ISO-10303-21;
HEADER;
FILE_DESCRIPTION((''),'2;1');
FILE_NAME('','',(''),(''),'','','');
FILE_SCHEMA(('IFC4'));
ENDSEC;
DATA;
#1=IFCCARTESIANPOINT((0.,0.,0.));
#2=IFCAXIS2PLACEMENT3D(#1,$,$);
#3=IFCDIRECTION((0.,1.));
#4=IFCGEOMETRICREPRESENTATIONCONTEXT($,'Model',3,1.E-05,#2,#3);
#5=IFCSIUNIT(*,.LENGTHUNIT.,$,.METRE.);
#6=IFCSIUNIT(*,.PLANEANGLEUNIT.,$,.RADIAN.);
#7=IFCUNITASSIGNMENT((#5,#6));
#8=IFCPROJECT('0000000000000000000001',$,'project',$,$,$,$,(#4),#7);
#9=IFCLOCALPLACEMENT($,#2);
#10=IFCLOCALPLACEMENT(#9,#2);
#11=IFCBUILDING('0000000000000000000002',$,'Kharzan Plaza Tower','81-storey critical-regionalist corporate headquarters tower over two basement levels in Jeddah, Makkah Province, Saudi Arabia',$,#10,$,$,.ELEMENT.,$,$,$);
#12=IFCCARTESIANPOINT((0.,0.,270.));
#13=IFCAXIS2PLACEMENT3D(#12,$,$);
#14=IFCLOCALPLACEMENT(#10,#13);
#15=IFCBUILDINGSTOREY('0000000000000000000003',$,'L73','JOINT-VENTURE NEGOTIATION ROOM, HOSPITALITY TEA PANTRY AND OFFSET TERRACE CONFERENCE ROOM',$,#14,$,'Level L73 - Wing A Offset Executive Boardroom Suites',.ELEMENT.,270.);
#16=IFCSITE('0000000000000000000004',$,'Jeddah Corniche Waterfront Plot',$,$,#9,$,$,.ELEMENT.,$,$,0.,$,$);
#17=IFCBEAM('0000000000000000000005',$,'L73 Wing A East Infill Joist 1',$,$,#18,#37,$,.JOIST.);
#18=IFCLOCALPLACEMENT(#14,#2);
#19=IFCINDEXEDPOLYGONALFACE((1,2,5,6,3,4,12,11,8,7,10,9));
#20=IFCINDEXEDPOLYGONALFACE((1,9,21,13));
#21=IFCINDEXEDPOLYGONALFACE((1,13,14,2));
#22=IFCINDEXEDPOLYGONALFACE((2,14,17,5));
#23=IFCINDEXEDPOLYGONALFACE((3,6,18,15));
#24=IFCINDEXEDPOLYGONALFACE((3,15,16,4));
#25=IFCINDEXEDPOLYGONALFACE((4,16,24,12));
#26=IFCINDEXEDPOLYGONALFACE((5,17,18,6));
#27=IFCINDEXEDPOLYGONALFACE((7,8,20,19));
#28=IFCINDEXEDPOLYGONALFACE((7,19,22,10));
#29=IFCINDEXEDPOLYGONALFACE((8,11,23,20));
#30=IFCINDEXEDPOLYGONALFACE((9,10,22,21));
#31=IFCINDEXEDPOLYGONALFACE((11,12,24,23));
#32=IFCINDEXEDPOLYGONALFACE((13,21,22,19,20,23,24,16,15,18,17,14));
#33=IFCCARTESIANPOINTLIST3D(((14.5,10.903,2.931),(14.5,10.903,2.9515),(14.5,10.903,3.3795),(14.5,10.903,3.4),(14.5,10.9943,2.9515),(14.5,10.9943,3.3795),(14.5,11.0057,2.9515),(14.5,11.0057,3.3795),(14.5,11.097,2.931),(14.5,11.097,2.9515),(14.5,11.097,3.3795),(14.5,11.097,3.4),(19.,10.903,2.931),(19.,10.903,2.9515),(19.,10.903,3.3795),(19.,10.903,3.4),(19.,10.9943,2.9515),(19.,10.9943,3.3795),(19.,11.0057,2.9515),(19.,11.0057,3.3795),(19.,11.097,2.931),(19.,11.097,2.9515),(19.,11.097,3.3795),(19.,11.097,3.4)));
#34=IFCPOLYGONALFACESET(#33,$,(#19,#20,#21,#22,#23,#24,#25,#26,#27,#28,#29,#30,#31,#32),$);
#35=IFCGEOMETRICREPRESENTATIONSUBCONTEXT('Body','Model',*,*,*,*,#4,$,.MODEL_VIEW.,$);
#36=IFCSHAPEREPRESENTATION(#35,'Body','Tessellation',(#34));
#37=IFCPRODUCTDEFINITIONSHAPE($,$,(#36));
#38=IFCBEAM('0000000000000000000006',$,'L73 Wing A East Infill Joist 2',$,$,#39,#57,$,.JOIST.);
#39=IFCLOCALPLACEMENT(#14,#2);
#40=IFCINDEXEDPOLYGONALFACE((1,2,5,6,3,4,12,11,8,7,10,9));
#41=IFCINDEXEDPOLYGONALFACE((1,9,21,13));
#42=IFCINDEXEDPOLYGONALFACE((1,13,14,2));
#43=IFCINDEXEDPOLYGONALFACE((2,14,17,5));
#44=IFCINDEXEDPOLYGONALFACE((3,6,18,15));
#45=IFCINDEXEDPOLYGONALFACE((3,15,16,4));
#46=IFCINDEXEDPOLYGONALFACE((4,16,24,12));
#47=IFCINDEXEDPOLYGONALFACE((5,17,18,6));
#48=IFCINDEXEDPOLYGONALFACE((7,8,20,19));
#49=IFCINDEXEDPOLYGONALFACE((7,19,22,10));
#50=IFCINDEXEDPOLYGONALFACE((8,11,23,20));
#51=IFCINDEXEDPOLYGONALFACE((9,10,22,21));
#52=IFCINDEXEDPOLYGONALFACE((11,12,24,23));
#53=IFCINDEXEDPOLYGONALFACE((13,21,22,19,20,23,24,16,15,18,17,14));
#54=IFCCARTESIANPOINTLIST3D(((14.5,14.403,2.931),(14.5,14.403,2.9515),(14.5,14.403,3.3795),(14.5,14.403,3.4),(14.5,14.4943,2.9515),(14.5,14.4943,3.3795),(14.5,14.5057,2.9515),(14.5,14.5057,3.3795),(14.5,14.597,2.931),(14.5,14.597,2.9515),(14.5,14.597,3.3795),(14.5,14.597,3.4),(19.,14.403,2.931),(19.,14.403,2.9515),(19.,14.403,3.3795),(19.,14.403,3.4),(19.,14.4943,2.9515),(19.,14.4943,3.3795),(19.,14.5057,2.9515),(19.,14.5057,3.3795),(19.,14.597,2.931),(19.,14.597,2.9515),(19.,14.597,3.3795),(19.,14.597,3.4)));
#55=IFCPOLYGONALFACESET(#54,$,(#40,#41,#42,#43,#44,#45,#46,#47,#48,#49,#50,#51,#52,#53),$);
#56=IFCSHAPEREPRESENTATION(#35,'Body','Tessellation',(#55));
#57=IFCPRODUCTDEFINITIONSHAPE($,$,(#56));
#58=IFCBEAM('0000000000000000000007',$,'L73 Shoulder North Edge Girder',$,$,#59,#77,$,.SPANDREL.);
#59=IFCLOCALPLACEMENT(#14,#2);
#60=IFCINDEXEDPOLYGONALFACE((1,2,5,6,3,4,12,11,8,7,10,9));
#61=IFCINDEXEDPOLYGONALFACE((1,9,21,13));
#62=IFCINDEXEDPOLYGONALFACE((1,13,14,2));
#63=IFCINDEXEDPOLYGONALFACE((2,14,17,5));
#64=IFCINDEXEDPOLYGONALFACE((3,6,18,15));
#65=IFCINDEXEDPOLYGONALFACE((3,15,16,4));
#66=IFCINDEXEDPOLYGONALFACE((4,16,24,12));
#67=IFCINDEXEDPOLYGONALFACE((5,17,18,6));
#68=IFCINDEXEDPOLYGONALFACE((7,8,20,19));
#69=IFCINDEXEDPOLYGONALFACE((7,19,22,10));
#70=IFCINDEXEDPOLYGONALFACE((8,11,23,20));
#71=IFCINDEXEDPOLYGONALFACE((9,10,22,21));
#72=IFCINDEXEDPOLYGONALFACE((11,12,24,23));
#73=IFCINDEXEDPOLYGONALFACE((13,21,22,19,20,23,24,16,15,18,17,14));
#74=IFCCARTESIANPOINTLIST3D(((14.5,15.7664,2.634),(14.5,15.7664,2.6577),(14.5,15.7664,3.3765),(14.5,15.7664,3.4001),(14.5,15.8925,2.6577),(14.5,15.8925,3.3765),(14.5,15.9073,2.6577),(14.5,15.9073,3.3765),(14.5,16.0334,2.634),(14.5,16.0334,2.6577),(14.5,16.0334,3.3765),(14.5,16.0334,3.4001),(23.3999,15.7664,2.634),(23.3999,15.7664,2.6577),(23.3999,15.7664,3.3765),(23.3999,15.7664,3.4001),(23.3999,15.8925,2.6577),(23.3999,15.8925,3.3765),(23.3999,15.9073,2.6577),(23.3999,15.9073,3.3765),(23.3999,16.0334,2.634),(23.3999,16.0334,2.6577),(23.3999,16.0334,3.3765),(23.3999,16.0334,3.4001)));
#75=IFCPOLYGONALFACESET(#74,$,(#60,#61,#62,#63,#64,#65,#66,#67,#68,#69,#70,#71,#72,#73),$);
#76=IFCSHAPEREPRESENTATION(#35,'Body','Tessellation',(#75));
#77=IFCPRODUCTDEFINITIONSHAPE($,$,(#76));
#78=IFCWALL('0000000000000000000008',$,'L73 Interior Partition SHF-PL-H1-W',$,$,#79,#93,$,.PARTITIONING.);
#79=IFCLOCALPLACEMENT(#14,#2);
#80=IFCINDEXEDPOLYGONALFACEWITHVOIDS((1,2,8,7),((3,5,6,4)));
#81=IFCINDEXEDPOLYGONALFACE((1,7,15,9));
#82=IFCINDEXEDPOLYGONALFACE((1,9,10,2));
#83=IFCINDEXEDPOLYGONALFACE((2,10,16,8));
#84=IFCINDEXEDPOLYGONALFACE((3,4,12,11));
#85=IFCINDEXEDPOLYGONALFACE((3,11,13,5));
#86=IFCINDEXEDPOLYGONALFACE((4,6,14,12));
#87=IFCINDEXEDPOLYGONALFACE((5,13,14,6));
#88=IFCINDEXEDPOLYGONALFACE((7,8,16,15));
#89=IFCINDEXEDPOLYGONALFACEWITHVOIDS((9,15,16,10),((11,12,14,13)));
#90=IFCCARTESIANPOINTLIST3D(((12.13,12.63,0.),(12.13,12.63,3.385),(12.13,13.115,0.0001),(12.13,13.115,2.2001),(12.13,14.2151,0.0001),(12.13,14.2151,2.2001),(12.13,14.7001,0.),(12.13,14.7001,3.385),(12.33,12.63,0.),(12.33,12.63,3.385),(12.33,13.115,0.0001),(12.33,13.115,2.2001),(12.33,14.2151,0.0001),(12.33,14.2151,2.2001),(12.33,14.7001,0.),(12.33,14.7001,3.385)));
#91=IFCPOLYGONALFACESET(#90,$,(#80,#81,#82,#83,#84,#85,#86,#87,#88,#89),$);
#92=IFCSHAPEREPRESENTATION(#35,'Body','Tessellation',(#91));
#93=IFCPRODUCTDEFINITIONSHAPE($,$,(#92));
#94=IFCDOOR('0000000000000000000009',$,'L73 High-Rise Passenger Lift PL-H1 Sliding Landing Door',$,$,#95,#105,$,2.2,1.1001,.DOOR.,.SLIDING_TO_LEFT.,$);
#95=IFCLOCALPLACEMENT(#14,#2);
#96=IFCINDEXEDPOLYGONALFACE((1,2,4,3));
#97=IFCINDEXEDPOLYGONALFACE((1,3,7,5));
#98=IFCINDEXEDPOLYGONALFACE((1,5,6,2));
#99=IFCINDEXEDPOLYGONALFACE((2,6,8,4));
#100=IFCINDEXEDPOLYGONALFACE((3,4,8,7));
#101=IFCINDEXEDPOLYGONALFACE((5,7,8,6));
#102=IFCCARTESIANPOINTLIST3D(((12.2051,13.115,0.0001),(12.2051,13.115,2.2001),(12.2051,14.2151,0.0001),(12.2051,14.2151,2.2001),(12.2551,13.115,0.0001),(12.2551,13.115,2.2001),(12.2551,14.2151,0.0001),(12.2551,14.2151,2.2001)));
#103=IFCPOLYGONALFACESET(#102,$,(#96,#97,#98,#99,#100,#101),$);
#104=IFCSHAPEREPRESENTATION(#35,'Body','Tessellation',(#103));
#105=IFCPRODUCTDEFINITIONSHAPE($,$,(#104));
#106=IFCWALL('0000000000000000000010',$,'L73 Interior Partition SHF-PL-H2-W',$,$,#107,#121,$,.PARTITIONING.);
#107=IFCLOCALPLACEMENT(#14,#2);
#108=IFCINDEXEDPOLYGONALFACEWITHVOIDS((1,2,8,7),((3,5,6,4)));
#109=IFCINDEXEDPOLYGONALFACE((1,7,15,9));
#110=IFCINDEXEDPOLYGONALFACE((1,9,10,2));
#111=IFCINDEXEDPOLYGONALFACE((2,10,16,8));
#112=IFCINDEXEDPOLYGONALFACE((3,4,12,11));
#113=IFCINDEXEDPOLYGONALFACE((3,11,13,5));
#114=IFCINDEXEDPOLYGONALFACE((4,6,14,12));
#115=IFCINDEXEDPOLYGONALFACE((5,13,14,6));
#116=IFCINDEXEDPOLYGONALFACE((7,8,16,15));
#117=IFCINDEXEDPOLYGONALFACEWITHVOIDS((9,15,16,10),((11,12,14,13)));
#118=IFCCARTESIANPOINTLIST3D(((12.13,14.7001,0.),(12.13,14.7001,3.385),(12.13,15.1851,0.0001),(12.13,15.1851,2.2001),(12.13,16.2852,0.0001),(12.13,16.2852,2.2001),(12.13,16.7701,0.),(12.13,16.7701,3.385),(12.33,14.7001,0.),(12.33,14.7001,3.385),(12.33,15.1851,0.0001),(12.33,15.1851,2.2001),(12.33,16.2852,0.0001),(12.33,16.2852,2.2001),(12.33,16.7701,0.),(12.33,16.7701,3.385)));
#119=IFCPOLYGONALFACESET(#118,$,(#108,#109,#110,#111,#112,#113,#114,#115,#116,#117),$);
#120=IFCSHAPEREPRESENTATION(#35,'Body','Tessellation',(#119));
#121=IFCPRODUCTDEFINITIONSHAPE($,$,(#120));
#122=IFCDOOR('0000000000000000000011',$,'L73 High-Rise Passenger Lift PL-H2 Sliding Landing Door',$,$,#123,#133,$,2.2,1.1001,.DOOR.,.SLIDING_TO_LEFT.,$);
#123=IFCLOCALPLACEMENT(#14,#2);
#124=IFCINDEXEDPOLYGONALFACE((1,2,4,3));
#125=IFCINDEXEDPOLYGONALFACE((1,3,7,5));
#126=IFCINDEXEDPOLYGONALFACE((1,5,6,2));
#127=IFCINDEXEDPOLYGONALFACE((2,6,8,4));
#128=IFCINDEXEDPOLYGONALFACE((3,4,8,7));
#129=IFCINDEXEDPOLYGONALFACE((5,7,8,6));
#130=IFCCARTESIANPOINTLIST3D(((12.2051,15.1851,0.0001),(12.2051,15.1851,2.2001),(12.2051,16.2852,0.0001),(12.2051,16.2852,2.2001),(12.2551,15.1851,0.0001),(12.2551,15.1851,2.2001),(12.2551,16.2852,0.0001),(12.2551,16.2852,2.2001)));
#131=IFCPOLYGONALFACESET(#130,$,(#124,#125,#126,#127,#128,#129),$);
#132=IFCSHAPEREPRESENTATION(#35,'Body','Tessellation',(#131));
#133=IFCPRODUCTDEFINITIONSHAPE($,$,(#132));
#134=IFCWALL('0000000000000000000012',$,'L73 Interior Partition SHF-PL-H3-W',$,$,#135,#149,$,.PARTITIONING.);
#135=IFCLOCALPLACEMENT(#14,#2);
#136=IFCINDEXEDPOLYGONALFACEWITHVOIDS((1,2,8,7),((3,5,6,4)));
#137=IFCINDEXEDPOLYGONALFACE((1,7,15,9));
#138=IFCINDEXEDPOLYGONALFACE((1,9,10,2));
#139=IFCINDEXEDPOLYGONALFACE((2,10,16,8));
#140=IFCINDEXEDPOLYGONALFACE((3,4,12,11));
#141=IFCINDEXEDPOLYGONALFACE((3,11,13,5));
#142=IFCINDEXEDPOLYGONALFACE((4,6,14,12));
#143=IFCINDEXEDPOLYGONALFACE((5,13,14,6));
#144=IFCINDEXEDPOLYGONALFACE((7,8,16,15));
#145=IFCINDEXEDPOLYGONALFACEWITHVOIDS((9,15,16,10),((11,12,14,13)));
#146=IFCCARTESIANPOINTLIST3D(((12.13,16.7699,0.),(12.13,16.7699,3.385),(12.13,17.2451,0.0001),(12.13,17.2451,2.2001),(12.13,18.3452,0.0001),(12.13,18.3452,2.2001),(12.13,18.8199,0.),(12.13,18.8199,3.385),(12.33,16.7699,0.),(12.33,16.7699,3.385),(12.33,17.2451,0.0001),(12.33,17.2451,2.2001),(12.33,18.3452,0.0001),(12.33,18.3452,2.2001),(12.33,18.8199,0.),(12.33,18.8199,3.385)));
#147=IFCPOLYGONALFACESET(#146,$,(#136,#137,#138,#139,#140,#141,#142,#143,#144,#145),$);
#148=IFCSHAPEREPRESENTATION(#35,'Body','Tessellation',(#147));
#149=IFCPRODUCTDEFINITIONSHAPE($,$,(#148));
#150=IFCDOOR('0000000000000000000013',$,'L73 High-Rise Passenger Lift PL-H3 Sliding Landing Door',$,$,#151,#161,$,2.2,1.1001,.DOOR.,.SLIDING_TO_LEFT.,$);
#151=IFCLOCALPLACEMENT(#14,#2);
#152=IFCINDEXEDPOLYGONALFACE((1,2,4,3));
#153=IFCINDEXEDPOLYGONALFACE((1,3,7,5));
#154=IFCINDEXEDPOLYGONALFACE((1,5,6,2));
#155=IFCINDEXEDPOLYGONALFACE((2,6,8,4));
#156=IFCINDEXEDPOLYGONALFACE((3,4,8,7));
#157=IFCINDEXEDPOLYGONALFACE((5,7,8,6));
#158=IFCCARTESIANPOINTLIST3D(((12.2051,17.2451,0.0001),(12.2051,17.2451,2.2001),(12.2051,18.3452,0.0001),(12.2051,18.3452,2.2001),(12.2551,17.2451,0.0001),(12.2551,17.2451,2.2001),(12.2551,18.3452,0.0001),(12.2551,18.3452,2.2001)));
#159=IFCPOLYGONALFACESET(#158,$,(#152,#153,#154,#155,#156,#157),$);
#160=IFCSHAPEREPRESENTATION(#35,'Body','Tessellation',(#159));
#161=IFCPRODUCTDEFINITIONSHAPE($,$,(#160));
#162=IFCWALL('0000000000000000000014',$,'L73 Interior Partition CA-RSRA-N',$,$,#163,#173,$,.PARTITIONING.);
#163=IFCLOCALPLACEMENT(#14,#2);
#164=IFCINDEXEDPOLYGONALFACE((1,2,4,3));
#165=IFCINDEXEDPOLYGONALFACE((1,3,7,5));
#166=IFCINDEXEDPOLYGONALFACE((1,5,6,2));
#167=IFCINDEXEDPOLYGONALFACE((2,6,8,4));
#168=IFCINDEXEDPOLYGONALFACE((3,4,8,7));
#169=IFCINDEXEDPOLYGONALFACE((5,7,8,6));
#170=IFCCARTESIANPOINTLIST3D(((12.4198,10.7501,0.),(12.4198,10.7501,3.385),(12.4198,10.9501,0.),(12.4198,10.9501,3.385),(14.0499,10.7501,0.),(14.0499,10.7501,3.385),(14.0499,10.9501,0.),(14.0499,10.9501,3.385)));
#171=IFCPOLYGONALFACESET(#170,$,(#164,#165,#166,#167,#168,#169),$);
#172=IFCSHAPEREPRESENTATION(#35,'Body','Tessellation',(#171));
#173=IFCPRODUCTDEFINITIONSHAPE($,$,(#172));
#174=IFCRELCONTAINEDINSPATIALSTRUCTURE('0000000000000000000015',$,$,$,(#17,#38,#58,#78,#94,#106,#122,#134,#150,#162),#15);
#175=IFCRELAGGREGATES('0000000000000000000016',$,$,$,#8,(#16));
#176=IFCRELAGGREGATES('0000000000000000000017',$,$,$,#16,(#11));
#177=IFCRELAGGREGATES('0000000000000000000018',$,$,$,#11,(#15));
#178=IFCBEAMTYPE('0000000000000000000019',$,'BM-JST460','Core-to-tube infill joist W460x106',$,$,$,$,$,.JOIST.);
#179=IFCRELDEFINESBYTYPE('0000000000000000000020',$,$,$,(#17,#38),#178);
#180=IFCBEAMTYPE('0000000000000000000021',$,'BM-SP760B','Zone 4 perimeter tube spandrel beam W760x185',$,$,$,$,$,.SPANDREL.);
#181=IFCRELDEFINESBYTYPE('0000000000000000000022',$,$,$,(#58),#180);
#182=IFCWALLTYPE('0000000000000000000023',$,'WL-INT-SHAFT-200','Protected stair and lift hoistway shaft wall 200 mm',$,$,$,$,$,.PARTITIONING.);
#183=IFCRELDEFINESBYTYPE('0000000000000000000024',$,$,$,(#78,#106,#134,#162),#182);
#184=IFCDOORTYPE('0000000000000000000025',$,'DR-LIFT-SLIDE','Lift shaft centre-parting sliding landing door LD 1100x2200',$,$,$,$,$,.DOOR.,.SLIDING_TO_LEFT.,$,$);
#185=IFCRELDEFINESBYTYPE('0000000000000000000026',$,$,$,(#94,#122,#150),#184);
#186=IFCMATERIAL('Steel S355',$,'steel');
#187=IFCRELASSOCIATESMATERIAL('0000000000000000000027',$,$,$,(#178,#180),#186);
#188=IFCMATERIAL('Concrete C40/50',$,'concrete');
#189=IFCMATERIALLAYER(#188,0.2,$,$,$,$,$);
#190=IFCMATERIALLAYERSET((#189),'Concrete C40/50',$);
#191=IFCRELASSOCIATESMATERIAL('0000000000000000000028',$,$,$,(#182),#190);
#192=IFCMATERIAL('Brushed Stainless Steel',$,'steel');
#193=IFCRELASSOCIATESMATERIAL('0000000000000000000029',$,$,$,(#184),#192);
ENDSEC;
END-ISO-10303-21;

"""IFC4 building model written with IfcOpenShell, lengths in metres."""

from ifc_helpers import new_model, si_unit, direction, frame, frame_2d, origin, origin_2d, place, context, subcontext, project, spatial, rectangle, i_section, extrude, source, transform, mapped, material, layer, layer_set, material_profile, profile_set, type_object, element, fill, save


model = new_model("IFC4")

# Units and contexts
model_context = context("Model", 3, precision=1e-05, world=origin(), true_north=direction((0.0, 1.0)))
body_context = subcontext(model_context, "Body", "Model", "MODEL_VIEW")
ifc_project = project(units=[si_unit("LENGTHUNIT", "METRE"), si_unit("PLANEANGLEUNIT", "RADIAN")], contexts=[model_context])

# Site, building, storey
site_placement = place(None, origin())
site = spatial("IfcSite", under=ifc_project, at=site_placement, Name="Jeddah Corniche Waterfront Plot", CompositionType="ELEMENT", RefElevation=0.0)
building_placement = place(site_placement, origin())
building = spatial("IfcBuilding", under=site, at=building_placement, Name="Kharzan Plaza Tower", Description="81-storey critical-regionalist corporate headquarters tower over two basement levels in Jeddah, Makkah Province, Saudi Arabia", CompositionType="ELEMENT")
storey_placement = place(building_placement, frame((0.0, 0.0, 270.0)))
storey = spatial("IfcBuildingStorey", under=building, at=storey_placement, Name="L73", Description="JOINT-VENTURE NEGOTIATION ROOM, HOSPITALITY TEA PANTRY AND OFFSET TERRACE CONFERENCE ROOM", LongName="Level L73 - Wing A Offset Executive Boardroom Suites", CompositionType="ELEMENT", Elevation=270.0)

# Beams
ifc_material_1 = material(Name="Steel S355", Category="steel")
ifc_material_profile_1 = material_profile(ifc_material_1, i_section(OverallWidth=0.1941, OverallDepth=0.469, WebThickness=0.0115, FlangeThickness=0.0205, at=origin_2d()), Name="W460x106")
ifc_profile_set_1 = profile_set([ifc_material_profile_1], Name="Steel S355")
beam_type_1 = type_object("IfcBeamType", Name="BM-JST460", Description="Core-to-tube infill joist W460x106", PredefinedType="JOIST", material=ifc_profile_set_1)
shared_shape_1 = source(origin(), body_context, "Body", "SweptSolid", [
    extrude(i_section(OverallWidth=0.1941, OverallDepth=0.469, WebThickness=0.0115, FlangeThickness=0.0205, at=origin_2d()), origin(), (0.0, 0.0, 1.0), 4.5),
])
for number, where, z_axis, x_axis, name in (
    (1, (14.5, 11.0, 3.1655), (1.0, 0.0, 0.0), (0.0, 1.0, 0.0), "L73 Wing A East Infill Joist 1"),
    (2, (14.5, 14.5, 3.1655), (1.0, 0.0, 0.0), (0.0, 1.0, 0.0), "L73 Wing A East Infill Joist 2"),
):
    element("IfcBeam", number, at=place(storey_placement, frame(where, z_axis=z_axis, x_axis=x_axis)), inside=storey, type_object=beam_type_1, Name=name, PredefinedType="JOIST", context=body_context, shape_type="MappedRepresentation", body=[
        mapped(shared_shape_1, transform((0.0, 0.0, 0.0), x_axis=(1.0, 0.0, 0.0), y_axis=(0.0, 1.0, 0.0), z_axis=(0.0, 0.0, 1.0))),
    ])
ifc_material_profile_2 = material_profile(ifc_material_1, i_section(OverallWidth=0.2671, OverallDepth=0.7661, WebThickness=0.0149, FlangeThickness=0.0237, at=origin_2d()), Name="W760x185")
ifc_profile_set_2 = profile_set([ifc_material_profile_2], Name="Steel S355")
beam_type_2 = type_object("IfcBeamType", Name="BM-SP760B", Description="Zone 4 perimeter tube spandrel beam W760x185", PredefinedType="SPANDREL", material=ifc_profile_set_2)
shared_shape_2 = source(origin(), body_context, "Body", "SweptSolid", [
    extrude(i_section(OverallWidth=0.2671, OverallDepth=0.7661, WebThickness=0.0149, FlangeThickness=0.0237, at=origin_2d()), origin(), (0.0, 0.0, 1.0), 8.8999),
])
beam_placement = place(storey_placement, frame((14.5, 15.8999, 3.0171), z_axis=(1.0, 0.0, 0.0), x_axis=(0.0, 1.0, 0.0)))
element("IfcBeam", 3, at=beam_placement, inside=storey, type_object=beam_type_2, Name="L73 Shoulder North Edge Girder", PredefinedType="SPANDREL", context=body_context, shape_type="MappedRepresentation", body=[
    mapped(shared_shape_2, transform((0.0, 0.0, 0.0), x_axis=(1.0, 0.0, 0.0), y_axis=(0.0, 1.0, 0.0), z_axis=(0.0, 0.0, 1.0))),
])

# Walls, openings, doors
ifc_material_2 = material(Name="Concrete C40/50", Category="concrete")
ifc_layer_1 = layer(ifc_material_2, 0.2)
ifc_layer_set_1 = layer_set([ifc_layer_1], Name="Concrete C40/50")
wall_type = type_object("IfcWallType", Name="WL-INT-SHAFT-200", Description="Protected stair and lift hoistway shaft wall 200 mm", PredefinedType="PARTITIONING", material=ifc_layer_set_1)
wall_1_placement = place(storey_placement, frame((12.23, 12.6299, 0.0), z_axis=(0.0, 0.0, 1.0), x_axis=(0.0, 1.0, 0.0)))
wall_1 = element("IfcWall", 4, at=wall_1_placement, inside=storey, type_object=wall_type, Name="L73 Interior Partition SHF-PL-H1-W", PredefinedType="PARTITIONING", context=body_context, shape_type="SweptSolid", body=[
    extrude(rectangle(XDim=2.0701, YDim=0.2, at=frame_2d((1.0352, 0.0))), origin(), (0.0, 0.0, 1.0), 3.385),
])
opening_1_placement = place(wall_1_placement, frame((0.4851, 0.0, 0.0)))
opening_1 = element("IfcOpeningElement", 5, at=opening_1_placement, cuts=wall_1, PredefinedType="OPENING", context=body_context, shape_type="SweptSolid", body=[
    extrude(rectangle(XDim=1.1001, YDim=2.2, at=frame_2d((0.55, 1.1001))), frame((0.0, 0.1099, 0.0), z_axis=(0.0, -1.0, 0.0), x_axis=(1.0, 0.0, 0.0)), (0.0, 0.0, 1.0), 0.22),
])
ifc_material_3 = material(Name="Brushed Stainless Steel", Category="steel")
door_type = type_object("IfcDoorType", Name="DR-LIFT-SLIDE", Description="Lift shaft centre-parting sliding landing door LD 1100x2200", OperationType="SLIDING_TO_LEFT", PredefinedType="DOOR", material=ifc_material_3)
shared_shape_3 = source(origin(), body_context, "Body", "SweptSolid", [
    extrude(rectangle(XDim=1.1001, YDim=2.2, at=frame_2d((0.55, 1.1001))), frame((0.0, 0.0249, 0.0), z_axis=(0.0, -1.0, 0.0), x_axis=(1.0, 0.0, 0.0)), (0.0, 0.0, 1.0), 0.05),
])
door_1_placement = place(opening_1_placement, origin())
door_1 = element("IfcDoor", 6, at=door_1_placement, inside=storey, type_object=door_type, Name="L73 High-Rise Passenger Lift PL-H1 Sliding Landing Door", OperationType="SLIDING_TO_LEFT", OverallHeight=2.2, OverallWidth=1.1001, PredefinedType="DOOR", context=body_context, shape_type="MappedRepresentation", body=[
    mapped(shared_shape_3, transform((0.0, 0.0, 0.0), x_axis=(1.0, 0.0, 0.0), y_axis=(0.0, 1.0, 0.0), z_axis=(0.0, 0.0, 1.0))),
])
fill(opening_1, door_1)
wall_2_placement = place(storey_placement, frame((12.23, 14.7, 0.0), z_axis=(0.0, 0.0, 1.0), x_axis=(0.0, 1.0, 0.0)))
wall_2 = element("IfcWall", 7, at=wall_2_placement, inside=storey, type_object=wall_type, Name="L73 Interior Partition SHF-PL-H2-W", PredefinedType="PARTITIONING", context=body_context, shape_type="SweptSolid", body=[
    extrude(rectangle(XDim=2.0701, YDim=0.2, at=frame_2d((1.0352, 0.0))), origin(), (0.0, 0.0, 1.0), 3.385),
])
opening_2_placement = place(wall_2_placement, frame((0.4851, 0.0, 0.0)))
opening_2 = element("IfcOpeningElement", 8, at=opening_2_placement, cuts=wall_2, PredefinedType="OPENING", context=body_context, shape_type="SweptSolid", body=[
    extrude(rectangle(XDim=1.1001, YDim=2.2, at=frame_2d((0.55, 1.1001))), frame((0.0, 0.1099, 0.0), z_axis=(0.0, -1.0, 0.0), x_axis=(1.0, 0.0, 0.0)), (0.0, 0.0, 1.0), 0.22),
])
door_2_placement = place(opening_2_placement, origin())
door_2 = element("IfcDoor", 9, at=door_2_placement, inside=storey, type_object=door_type, Name="L73 High-Rise Passenger Lift PL-H2 Sliding Landing Door", OperationType="SLIDING_TO_LEFT", OverallHeight=2.2, OverallWidth=1.1001, PredefinedType="DOOR", context=body_context, shape_type="MappedRepresentation", body=[
    mapped(shared_shape_3, transform((0.0, 0.0, 0.0), x_axis=(1.0, 0.0, 0.0), y_axis=(0.0, 1.0, 0.0), z_axis=(0.0, 0.0, 1.0))),
])
fill(opening_2, door_2)
wall_3_placement = place(storey_placement, frame((12.23, 16.77, 0.0), z_axis=(0.0, 0.0, 1.0), x_axis=(0.0, 1.0, 0.0)))
wall_3 = element("IfcWall", 10, at=wall_3_placement, inside=storey, type_object=wall_type, Name="L73 Interior Partition SHF-PL-H3-W", PredefinedType="PARTITIONING", context=body_context, shape_type="SweptSolid", body=[
    extrude(rectangle(XDim=2.05, YDim=0.2, at=frame_2d((1.0249, 0.0))), origin(), (0.0, 0.0, 1.0), 3.385),
])
opening_3_placement = place(wall_3_placement, frame((0.4751, 0.0, 0.0)))
opening_3 = element("IfcOpeningElement", 11, at=opening_3_placement, cuts=wall_3, PredefinedType="OPENING", context=body_context, shape_type="SweptSolid", body=[
    extrude(rectangle(XDim=1.1001, YDim=2.2, at=frame_2d((0.55, 1.1001))), frame((0.0, 0.1099, 0.0), z_axis=(0.0, -1.0, 0.0), x_axis=(1.0, 0.0, 0.0)), (0.0, 0.0, 1.0), 0.22),
])
door_3_placement = place(opening_3_placement, origin())
door_3 = element("IfcDoor", 12, at=door_3_placement, inside=storey, type_object=door_type, Name="L73 High-Rise Passenger Lift PL-H3 Sliding Landing Door", OperationType="SLIDING_TO_LEFT", OverallHeight=2.2, OverallWidth=1.1001, PredefinedType="DOOR", context=body_context, shape_type="MappedRepresentation", body=[
    mapped(shared_shape_3, transform((0.0, 0.0, 0.0), x_axis=(1.0, 0.0, 0.0), y_axis=(0.0, 1.0, 0.0), z_axis=(0.0, 0.0, 1.0))),
])
fill(opening_3, door_3)

# Wall
shared_shape_4 = source(origin(), body_context, "Body", "SweptSolid", [
    extrude(rectangle(XDim=1.6301, YDim=0.2, at=frame_2d((0.8149, 0.0))), origin(), (0.0, 0.0, 1.0), 3.385),
])
wall_4_placement = place(storey_placement, frame((12.4199, 10.8501, 0.0), z_axis=(0.0, 0.0, 1.0), x_axis=(1.0, 0.0, 0.0)))
element("IfcWall", 13, at=wall_4_placement, inside=storey, type_object=wall_type, Name="L73 Interior Partition CA-RSRA-N", PredefinedType="PARTITIONING", context=body_context, shape_type="MappedRepresentation", body=[
    mapped(shared_shape_4, transform((0.0, 0.0, 0.0), x_axis=(1.0, 0.0, 0.0), y_axis=(0.0, 1.0, 0.0), z_axis=(0.0, 0.0, 1.0))),
])

save(model, "model.ifc")
